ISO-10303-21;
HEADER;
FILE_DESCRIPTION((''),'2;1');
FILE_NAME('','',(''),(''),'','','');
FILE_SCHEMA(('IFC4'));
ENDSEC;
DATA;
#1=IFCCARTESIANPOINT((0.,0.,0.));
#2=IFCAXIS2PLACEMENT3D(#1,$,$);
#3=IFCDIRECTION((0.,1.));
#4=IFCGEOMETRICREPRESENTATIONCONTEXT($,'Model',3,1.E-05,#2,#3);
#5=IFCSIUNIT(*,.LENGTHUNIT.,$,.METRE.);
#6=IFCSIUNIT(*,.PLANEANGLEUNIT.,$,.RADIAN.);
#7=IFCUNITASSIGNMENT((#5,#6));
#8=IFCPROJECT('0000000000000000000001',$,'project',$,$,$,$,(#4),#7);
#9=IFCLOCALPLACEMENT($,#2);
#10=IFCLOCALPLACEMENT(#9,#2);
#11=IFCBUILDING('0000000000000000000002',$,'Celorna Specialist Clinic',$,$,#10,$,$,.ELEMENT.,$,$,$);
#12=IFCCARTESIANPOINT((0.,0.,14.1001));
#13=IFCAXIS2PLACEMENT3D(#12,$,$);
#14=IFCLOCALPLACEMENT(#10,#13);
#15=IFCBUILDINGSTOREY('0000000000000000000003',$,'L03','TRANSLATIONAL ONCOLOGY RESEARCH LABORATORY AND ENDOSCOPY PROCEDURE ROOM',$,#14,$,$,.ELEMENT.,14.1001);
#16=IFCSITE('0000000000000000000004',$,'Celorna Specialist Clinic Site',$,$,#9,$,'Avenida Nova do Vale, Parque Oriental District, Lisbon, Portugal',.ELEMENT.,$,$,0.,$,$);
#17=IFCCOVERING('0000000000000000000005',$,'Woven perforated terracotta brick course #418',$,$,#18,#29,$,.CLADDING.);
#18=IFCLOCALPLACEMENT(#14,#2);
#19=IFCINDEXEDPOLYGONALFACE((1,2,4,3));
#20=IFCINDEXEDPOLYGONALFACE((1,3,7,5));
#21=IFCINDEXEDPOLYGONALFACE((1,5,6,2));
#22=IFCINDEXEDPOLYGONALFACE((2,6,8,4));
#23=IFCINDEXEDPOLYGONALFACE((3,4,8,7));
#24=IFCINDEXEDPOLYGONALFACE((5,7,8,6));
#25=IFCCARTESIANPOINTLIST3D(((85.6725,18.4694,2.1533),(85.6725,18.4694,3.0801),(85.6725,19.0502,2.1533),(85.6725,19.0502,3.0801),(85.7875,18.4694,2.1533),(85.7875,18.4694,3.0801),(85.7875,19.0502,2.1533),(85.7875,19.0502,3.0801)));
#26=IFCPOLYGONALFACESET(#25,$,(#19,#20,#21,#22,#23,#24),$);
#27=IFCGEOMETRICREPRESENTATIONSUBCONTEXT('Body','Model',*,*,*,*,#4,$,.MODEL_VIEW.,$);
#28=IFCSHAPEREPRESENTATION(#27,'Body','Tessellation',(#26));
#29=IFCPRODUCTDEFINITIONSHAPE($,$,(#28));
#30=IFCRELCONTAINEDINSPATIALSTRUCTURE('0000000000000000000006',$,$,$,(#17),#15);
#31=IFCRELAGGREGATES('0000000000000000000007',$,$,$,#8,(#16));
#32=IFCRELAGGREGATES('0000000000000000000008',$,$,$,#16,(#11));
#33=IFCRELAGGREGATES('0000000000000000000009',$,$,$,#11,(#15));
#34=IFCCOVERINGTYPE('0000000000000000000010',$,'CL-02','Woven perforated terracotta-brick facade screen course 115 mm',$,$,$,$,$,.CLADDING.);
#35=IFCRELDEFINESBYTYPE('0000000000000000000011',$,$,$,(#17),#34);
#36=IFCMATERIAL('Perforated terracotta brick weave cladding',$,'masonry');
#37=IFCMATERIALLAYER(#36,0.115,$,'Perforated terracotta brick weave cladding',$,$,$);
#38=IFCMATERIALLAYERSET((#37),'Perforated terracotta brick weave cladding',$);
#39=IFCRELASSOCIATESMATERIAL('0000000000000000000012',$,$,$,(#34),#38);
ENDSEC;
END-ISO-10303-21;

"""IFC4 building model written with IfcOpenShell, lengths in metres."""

from ifc_helpers import new_model, si_unit, direction, frame, origin, origin_2d, place, context, subcontext, project, spatial, rectangle, extrude, material, layer, layer_set, type_object, element, save


model = new_model("IFC4")

# Units and contexts
model_context = context("Model", 3, precision=1e-05, world=origin(), true_north=direction((0.0, 1.0)))
body_context = subcontext(model_context, "Body", "Model", "MODEL_VIEW")
ifc_project = project(units=[si_unit("LENGTHUNIT", "METRE"), si_unit("PLANEANGLEUNIT", "RADIAN")], contexts=[model_context])

# Site, building, storey
site_placement = place(None, origin())
site = spatial("IfcSite", under=ifc_project, at=site_placement, Name="Celorna Specialist Clinic Site", LongName="Avenida Nova do Vale, Parque Oriental District, Lisbon, Portugal", CompositionType="ELEMENT", RefElevation=0.0)
building_placement = place(site_placement, origin())
building = spatial("IfcBuilding", under=site, at=building_placement, Name="Celorna Specialist Clinic", CompositionType="ELEMENT")
storey_placement = place(building_placement, frame((0.0, 0.0, 14.1001)))
storey = spatial("IfcBuildingStorey", under=building, at=storey_placement, Name="L03", Description="TRANSLATIONAL ONCOLOGY RESEARCH LABORATORY AND ENDOSCOPY PROCEDURE ROOM", CompositionType="ELEMENT", Elevation=14.1001)

# Covering
ifc_material_1 = material(Name="Perforated terracotta brick weave cladding", Category="masonry")
ifc_layer_1 = layer(ifc_material_1, 0.115, Name="Perforated terracotta brick weave cladding")
ifc_layer_set_1 = layer_set([ifc_layer_1], Name="Perforated terracotta brick weave cladding")
covering_type = type_object("IfcCoveringType", Name="CL-02", Description="Woven perforated terracotta-brick facade screen course 115 mm", PredefinedType="CLADDING", material=ifc_layer_set_1)
for number, where, z_axis, x_axis, name in (
    (1, (85.73, 18.7598, 2.1533), (0.0, 0.0, 1.0), (0.0, 1.0, 0.0), "Woven perforated terracotta brick course #418"),
):
    element("IfcCovering", number, at=place(storey_placement, frame(where, z_axis=z_axis, x_axis=x_axis)), inside=storey, type_object=covering_type, Name=name, PredefinedType="CLADDING", context=body_context, shape_type="SweptSolid", body=[
        extrude(rectangle(XDim=0.5808, YDim=0.115, at=origin_2d()), origin(), (0.0, 0.0, 1.0), 0.9268),
    ])

save(model, "model.ifc")
